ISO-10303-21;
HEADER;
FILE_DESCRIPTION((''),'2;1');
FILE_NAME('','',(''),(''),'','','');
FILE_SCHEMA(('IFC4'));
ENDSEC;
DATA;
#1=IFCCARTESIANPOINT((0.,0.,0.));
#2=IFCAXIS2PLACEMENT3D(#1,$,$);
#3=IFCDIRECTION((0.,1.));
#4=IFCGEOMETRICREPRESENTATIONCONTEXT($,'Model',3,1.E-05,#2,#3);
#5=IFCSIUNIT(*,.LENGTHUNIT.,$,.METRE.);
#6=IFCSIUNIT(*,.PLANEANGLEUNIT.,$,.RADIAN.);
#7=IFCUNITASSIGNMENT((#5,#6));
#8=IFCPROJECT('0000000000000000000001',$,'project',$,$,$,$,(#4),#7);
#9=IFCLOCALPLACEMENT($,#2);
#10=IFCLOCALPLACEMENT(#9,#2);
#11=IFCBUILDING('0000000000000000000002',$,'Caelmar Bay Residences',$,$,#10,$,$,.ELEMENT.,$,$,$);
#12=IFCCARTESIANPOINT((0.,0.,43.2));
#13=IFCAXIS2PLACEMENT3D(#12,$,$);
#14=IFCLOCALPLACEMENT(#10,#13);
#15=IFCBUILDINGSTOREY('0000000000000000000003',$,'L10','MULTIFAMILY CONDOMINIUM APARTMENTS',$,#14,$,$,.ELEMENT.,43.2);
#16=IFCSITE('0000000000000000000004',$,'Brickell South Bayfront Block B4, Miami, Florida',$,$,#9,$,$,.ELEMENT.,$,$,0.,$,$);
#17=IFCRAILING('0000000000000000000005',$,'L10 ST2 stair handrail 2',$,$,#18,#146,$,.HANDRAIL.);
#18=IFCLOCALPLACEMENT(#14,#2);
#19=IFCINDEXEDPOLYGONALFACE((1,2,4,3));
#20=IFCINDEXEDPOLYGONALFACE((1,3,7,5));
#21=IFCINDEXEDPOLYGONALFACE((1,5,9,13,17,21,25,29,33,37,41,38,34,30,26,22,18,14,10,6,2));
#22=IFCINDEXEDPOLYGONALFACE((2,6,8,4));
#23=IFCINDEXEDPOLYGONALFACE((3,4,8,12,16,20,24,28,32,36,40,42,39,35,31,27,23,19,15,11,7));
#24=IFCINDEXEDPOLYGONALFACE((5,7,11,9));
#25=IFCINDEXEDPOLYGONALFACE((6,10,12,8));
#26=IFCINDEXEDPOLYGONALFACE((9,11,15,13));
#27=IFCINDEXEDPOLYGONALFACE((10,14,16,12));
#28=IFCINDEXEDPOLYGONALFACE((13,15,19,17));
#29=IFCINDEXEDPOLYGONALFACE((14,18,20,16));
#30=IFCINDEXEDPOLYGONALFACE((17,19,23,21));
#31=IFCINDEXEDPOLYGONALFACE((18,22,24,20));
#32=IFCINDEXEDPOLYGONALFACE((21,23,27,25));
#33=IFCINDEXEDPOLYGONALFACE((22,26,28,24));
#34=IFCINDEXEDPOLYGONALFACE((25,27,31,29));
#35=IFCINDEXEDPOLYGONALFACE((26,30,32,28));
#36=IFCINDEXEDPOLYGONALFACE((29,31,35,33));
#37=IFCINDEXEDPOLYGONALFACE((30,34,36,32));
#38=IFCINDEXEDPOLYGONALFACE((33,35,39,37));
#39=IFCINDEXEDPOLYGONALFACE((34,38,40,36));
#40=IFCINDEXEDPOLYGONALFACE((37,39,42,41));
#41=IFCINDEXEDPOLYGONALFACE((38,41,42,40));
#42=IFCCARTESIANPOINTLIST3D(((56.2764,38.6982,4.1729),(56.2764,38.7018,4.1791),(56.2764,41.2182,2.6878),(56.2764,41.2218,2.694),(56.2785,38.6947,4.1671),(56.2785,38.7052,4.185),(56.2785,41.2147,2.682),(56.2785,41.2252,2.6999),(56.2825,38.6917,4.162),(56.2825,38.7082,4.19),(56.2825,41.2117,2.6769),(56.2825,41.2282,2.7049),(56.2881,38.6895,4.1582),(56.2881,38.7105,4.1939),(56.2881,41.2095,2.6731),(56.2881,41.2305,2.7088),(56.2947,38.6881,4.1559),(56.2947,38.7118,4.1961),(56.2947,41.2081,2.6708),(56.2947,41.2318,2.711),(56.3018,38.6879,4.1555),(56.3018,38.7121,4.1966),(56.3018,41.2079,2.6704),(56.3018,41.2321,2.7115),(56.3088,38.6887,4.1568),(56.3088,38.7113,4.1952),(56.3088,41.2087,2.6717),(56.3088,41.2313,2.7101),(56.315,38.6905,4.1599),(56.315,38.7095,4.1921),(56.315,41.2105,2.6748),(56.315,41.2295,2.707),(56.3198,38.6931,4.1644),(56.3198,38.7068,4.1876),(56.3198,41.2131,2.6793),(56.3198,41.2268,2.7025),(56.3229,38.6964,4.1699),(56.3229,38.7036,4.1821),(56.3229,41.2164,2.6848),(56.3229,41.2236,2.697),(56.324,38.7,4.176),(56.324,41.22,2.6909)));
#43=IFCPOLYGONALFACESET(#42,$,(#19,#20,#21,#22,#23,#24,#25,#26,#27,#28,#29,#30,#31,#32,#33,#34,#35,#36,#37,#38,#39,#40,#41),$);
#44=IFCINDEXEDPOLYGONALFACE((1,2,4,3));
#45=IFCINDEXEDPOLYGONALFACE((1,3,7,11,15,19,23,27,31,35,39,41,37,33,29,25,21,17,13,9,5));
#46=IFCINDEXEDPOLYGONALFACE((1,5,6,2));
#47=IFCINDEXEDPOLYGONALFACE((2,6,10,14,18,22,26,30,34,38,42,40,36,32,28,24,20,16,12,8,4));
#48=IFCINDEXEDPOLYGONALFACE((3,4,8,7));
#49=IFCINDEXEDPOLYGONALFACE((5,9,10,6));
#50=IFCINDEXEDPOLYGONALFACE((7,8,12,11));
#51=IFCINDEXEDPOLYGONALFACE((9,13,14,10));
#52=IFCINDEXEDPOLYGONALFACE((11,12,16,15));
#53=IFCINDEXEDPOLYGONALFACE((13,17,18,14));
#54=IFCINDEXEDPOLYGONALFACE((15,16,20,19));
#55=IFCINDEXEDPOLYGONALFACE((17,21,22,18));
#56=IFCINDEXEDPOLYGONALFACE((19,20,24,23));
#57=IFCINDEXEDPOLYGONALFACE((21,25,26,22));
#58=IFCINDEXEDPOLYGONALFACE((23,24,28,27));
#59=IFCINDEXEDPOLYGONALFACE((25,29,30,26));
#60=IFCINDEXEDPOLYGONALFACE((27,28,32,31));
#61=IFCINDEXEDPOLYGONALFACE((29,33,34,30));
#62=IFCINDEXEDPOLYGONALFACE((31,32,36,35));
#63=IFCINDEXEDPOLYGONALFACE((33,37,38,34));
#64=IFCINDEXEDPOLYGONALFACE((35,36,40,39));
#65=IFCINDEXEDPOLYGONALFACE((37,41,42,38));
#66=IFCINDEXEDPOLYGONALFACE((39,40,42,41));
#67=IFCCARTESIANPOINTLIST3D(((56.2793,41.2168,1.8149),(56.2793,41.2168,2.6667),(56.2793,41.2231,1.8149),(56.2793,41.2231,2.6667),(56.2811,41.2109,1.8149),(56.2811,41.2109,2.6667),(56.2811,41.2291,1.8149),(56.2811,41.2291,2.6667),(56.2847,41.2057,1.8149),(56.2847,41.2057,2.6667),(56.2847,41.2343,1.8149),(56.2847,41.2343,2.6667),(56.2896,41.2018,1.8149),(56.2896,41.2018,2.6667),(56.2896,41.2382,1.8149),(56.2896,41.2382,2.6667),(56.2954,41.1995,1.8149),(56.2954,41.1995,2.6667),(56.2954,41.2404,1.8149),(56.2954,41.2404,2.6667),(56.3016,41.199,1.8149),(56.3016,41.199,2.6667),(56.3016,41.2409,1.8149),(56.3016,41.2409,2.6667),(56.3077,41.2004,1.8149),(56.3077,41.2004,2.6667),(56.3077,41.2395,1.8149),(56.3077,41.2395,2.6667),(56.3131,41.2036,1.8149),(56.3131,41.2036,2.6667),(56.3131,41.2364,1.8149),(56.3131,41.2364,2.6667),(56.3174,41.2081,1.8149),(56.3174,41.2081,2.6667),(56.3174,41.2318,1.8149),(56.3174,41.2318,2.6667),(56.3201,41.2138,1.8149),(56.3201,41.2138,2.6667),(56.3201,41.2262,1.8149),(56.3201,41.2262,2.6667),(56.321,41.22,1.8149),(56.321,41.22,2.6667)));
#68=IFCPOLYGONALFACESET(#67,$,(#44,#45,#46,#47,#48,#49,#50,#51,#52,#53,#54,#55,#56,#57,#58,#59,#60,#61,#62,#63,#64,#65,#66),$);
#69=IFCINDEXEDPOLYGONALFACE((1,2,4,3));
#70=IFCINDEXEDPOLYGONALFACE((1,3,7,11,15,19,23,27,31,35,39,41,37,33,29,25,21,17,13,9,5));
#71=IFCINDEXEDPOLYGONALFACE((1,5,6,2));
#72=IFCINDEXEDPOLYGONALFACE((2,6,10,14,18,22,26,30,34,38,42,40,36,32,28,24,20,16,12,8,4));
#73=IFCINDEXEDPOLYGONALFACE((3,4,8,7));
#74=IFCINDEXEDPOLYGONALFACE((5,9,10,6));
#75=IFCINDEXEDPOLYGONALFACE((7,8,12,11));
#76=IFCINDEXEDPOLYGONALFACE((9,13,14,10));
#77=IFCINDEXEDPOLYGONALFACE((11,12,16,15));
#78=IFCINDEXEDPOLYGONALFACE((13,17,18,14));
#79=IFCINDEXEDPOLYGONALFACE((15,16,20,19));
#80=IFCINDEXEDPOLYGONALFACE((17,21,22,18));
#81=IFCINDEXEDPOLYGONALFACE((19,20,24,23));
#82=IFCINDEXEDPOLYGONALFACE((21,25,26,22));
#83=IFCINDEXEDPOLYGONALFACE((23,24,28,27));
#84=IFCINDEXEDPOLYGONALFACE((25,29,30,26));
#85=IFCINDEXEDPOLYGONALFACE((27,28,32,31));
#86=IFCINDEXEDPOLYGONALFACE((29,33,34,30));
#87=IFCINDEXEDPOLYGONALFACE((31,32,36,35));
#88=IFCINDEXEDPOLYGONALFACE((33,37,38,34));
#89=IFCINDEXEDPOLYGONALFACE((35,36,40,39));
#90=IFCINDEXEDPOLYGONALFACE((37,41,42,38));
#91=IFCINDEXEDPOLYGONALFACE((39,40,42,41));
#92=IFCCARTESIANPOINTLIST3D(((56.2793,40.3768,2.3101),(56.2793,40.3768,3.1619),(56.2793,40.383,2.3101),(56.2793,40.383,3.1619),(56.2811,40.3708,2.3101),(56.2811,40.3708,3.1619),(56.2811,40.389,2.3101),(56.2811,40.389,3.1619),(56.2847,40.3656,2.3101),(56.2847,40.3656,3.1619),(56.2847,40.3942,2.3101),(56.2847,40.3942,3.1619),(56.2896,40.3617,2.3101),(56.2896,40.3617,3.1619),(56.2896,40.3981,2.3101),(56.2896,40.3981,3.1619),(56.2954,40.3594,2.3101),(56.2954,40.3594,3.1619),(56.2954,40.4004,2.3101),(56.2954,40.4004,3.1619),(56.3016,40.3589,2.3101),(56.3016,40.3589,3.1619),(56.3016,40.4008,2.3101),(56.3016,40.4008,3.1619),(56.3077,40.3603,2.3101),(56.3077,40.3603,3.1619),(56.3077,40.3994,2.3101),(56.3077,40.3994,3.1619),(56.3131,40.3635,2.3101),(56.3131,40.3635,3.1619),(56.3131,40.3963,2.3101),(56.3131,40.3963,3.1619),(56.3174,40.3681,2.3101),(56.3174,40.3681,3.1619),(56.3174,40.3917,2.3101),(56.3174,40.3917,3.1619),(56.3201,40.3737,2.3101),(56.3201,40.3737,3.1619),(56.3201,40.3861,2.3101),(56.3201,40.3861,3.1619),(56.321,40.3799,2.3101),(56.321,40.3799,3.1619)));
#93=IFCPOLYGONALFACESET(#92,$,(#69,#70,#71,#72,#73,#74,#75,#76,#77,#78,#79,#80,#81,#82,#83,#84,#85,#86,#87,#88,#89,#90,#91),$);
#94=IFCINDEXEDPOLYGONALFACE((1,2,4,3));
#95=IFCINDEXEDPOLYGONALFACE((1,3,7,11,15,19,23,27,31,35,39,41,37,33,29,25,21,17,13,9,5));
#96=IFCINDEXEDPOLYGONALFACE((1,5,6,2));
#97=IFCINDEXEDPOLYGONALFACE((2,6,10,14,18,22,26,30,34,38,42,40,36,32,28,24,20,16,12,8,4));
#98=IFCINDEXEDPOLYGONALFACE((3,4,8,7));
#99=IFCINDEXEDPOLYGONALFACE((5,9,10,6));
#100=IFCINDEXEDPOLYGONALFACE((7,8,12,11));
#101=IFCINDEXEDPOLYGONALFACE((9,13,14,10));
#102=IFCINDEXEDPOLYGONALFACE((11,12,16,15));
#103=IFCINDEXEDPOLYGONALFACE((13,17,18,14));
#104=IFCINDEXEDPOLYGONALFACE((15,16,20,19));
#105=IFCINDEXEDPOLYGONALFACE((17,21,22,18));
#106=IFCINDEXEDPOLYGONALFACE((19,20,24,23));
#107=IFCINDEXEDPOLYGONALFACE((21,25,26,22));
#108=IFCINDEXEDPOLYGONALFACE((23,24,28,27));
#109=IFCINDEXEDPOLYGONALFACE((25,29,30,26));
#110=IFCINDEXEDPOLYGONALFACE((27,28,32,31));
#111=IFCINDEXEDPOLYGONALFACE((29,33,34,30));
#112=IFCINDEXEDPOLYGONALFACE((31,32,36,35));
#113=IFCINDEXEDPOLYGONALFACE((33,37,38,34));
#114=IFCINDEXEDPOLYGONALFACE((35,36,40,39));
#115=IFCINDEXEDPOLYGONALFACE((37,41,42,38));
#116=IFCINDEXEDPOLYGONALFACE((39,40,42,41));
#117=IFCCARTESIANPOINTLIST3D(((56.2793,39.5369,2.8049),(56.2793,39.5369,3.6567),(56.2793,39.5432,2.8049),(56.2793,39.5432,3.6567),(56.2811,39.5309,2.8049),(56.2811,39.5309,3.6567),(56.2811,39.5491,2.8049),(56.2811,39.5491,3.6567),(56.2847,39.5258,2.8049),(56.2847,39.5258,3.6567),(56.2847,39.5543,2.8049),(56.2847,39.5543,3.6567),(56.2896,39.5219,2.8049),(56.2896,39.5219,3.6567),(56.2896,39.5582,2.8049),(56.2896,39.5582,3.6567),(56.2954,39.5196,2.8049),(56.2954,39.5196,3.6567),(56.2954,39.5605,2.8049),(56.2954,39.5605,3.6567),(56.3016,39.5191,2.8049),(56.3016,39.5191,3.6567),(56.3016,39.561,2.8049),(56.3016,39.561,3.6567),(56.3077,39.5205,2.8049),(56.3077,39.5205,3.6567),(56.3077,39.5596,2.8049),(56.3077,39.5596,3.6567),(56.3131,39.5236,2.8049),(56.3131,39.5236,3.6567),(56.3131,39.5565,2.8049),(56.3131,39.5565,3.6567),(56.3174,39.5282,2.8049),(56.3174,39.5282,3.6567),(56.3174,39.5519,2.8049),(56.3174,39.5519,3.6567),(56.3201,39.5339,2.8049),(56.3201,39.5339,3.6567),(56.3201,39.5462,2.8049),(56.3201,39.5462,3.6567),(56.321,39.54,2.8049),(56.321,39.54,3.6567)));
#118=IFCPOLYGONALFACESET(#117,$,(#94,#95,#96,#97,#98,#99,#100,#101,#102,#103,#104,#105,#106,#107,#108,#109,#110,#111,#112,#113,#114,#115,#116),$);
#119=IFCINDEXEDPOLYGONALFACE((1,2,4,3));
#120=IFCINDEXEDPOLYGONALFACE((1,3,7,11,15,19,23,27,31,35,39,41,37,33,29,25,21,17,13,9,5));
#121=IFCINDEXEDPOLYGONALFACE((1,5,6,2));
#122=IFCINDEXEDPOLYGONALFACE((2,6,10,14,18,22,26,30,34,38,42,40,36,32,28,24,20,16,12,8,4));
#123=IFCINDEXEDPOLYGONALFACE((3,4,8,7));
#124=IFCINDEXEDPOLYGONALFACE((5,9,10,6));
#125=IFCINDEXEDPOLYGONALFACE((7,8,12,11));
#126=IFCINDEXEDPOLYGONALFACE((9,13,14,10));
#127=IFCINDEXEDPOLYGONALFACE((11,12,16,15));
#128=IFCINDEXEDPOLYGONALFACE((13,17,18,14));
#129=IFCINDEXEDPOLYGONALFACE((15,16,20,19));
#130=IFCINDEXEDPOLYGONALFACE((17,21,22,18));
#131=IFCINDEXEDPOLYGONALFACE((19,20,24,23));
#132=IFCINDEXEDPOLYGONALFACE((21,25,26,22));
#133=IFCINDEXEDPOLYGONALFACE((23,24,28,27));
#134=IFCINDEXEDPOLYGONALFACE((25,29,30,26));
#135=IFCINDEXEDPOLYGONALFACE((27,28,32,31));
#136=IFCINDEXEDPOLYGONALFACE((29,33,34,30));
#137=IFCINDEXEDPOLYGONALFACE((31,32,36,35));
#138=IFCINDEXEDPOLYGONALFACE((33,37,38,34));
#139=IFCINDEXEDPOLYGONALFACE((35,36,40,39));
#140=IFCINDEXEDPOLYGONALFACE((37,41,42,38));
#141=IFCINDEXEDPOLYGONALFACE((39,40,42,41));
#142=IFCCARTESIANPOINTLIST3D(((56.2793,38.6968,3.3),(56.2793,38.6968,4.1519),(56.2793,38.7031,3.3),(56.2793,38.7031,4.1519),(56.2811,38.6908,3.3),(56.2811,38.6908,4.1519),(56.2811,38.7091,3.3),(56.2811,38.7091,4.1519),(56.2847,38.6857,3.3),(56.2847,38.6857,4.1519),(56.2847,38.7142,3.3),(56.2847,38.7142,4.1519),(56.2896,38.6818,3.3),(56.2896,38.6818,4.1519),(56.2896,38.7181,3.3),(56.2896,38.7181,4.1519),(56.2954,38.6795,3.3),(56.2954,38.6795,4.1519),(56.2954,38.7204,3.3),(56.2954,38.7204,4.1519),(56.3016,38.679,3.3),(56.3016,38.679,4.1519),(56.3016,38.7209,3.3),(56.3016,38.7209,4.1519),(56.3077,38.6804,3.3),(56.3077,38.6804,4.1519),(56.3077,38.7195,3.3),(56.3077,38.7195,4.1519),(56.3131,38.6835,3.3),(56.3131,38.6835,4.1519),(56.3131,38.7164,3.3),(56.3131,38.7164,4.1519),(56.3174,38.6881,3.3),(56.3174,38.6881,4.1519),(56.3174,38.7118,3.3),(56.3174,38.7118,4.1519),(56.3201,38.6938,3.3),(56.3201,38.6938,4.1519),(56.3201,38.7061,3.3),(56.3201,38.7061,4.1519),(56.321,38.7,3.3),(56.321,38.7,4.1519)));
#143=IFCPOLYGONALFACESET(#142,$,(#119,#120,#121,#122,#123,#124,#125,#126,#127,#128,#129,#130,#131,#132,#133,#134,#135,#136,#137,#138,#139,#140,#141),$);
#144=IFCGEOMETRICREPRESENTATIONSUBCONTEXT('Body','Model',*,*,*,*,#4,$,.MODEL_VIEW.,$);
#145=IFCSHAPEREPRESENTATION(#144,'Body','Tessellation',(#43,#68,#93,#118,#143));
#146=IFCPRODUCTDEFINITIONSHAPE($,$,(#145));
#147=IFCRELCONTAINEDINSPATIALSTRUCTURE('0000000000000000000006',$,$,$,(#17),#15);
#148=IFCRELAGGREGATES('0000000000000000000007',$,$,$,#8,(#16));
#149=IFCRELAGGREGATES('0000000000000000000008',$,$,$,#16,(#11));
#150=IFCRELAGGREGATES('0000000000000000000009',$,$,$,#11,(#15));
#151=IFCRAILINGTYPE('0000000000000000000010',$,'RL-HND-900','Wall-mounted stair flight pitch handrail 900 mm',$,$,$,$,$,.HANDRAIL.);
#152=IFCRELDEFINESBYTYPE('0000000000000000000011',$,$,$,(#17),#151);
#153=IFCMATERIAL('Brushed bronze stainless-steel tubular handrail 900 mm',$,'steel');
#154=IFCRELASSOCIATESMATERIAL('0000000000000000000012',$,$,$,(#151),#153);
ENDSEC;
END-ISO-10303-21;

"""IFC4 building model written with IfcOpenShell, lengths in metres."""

from ifc_helpers import new_model, si_unit, direction, frame, origin, origin_2d, place, context, subcontext, project, spatial, circle, extrude, material, type_object, element, save


model = new_model("IFC4")

# Units and contexts
model_context = context("Model", 3, precision=1e-05, world=origin(), true_north=direction((0.0, 1.0)))
body_context = subcontext(model_context, "Body", "Model", "MODEL_VIEW")
ifc_project = project(units=[si_unit("LENGTHUNIT", "METRE"), si_unit("PLANEANGLEUNIT", "RADIAN")], contexts=[model_context])

# Site, building, storey
site_placement = place(None, origin())
site = spatial("IfcSite", under=ifc_project, at=site_placement, Name="Brickell South Bayfront Block B4, Miami, Florida", CompositionType="ELEMENT", RefElevation=0.0)
building_placement = place(site_placement, origin())
building = spatial("IfcBuilding", under=site, at=building_placement, Name="Caelmar Bay Residences", CompositionType="ELEMENT")
storey_placement = place(building_placement, frame((0.0, 0.0, 43.2)))
storey = spatial("IfcBuildingStorey", under=building, at=storey_placement, Name="L10", Description="MULTIFAMILY CONDOMINIUM APARTMENTS", CompositionType="ELEMENT", Elevation=43.2)

# Railing
ifc_material_1 = material(Name="Brushed bronze stainless-steel tubular handrail 900 mm", Category="steel")
railing_type_1 = type_object("IfcRailingType", Name="RL-HND-900", Description="Wall-mounted stair flight pitch handrail 900 mm", PredefinedType="HANDRAIL", material=ifc_material_1)
railing_1_placement = place(storey_placement, frame((56.3, 41.22, 1.8149)))
element("IfcRailing", 1, at=railing_1_placement, inside=storey, type_object=railing_type_1, Name="L10 ST2 stair handrail 2", PredefinedType="HANDRAIL", context=body_context, shape_type="SweptSolid", body=[
    extrude(circle(Radius=0.0239, at=origin_2d()), frame((0.0, 0.0, 0.876), z_axis=(0.0, -0.861524, 0.507717), x_axis=(1.0, 0.0, 0.0)), (0.0, 0.0, 1.0), 2.925),
    extrude(circle(Radius=0.021, at=origin_2d()), origin(), (0.0, 0.0, 1.0), 0.8518),
    extrude(circle(Radius=0.021, at=origin_2d()), frame((0.0, -0.8401, 0.4951)), (0.0, 0.0, 1.0), 0.8518),
    extrude(circle(Radius=0.021, at=origin_2d()), frame((0.0, -1.6799, 0.99)), (0.0, 0.0, 1.0), 0.8518),
    extrude(circle(Radius=0.021, at=origin_2d()), frame((0.0, -2.52, 1.4851)), (0.0, 0.0, 1.0), 0.8518),
])

save(model, "model.ifc")
